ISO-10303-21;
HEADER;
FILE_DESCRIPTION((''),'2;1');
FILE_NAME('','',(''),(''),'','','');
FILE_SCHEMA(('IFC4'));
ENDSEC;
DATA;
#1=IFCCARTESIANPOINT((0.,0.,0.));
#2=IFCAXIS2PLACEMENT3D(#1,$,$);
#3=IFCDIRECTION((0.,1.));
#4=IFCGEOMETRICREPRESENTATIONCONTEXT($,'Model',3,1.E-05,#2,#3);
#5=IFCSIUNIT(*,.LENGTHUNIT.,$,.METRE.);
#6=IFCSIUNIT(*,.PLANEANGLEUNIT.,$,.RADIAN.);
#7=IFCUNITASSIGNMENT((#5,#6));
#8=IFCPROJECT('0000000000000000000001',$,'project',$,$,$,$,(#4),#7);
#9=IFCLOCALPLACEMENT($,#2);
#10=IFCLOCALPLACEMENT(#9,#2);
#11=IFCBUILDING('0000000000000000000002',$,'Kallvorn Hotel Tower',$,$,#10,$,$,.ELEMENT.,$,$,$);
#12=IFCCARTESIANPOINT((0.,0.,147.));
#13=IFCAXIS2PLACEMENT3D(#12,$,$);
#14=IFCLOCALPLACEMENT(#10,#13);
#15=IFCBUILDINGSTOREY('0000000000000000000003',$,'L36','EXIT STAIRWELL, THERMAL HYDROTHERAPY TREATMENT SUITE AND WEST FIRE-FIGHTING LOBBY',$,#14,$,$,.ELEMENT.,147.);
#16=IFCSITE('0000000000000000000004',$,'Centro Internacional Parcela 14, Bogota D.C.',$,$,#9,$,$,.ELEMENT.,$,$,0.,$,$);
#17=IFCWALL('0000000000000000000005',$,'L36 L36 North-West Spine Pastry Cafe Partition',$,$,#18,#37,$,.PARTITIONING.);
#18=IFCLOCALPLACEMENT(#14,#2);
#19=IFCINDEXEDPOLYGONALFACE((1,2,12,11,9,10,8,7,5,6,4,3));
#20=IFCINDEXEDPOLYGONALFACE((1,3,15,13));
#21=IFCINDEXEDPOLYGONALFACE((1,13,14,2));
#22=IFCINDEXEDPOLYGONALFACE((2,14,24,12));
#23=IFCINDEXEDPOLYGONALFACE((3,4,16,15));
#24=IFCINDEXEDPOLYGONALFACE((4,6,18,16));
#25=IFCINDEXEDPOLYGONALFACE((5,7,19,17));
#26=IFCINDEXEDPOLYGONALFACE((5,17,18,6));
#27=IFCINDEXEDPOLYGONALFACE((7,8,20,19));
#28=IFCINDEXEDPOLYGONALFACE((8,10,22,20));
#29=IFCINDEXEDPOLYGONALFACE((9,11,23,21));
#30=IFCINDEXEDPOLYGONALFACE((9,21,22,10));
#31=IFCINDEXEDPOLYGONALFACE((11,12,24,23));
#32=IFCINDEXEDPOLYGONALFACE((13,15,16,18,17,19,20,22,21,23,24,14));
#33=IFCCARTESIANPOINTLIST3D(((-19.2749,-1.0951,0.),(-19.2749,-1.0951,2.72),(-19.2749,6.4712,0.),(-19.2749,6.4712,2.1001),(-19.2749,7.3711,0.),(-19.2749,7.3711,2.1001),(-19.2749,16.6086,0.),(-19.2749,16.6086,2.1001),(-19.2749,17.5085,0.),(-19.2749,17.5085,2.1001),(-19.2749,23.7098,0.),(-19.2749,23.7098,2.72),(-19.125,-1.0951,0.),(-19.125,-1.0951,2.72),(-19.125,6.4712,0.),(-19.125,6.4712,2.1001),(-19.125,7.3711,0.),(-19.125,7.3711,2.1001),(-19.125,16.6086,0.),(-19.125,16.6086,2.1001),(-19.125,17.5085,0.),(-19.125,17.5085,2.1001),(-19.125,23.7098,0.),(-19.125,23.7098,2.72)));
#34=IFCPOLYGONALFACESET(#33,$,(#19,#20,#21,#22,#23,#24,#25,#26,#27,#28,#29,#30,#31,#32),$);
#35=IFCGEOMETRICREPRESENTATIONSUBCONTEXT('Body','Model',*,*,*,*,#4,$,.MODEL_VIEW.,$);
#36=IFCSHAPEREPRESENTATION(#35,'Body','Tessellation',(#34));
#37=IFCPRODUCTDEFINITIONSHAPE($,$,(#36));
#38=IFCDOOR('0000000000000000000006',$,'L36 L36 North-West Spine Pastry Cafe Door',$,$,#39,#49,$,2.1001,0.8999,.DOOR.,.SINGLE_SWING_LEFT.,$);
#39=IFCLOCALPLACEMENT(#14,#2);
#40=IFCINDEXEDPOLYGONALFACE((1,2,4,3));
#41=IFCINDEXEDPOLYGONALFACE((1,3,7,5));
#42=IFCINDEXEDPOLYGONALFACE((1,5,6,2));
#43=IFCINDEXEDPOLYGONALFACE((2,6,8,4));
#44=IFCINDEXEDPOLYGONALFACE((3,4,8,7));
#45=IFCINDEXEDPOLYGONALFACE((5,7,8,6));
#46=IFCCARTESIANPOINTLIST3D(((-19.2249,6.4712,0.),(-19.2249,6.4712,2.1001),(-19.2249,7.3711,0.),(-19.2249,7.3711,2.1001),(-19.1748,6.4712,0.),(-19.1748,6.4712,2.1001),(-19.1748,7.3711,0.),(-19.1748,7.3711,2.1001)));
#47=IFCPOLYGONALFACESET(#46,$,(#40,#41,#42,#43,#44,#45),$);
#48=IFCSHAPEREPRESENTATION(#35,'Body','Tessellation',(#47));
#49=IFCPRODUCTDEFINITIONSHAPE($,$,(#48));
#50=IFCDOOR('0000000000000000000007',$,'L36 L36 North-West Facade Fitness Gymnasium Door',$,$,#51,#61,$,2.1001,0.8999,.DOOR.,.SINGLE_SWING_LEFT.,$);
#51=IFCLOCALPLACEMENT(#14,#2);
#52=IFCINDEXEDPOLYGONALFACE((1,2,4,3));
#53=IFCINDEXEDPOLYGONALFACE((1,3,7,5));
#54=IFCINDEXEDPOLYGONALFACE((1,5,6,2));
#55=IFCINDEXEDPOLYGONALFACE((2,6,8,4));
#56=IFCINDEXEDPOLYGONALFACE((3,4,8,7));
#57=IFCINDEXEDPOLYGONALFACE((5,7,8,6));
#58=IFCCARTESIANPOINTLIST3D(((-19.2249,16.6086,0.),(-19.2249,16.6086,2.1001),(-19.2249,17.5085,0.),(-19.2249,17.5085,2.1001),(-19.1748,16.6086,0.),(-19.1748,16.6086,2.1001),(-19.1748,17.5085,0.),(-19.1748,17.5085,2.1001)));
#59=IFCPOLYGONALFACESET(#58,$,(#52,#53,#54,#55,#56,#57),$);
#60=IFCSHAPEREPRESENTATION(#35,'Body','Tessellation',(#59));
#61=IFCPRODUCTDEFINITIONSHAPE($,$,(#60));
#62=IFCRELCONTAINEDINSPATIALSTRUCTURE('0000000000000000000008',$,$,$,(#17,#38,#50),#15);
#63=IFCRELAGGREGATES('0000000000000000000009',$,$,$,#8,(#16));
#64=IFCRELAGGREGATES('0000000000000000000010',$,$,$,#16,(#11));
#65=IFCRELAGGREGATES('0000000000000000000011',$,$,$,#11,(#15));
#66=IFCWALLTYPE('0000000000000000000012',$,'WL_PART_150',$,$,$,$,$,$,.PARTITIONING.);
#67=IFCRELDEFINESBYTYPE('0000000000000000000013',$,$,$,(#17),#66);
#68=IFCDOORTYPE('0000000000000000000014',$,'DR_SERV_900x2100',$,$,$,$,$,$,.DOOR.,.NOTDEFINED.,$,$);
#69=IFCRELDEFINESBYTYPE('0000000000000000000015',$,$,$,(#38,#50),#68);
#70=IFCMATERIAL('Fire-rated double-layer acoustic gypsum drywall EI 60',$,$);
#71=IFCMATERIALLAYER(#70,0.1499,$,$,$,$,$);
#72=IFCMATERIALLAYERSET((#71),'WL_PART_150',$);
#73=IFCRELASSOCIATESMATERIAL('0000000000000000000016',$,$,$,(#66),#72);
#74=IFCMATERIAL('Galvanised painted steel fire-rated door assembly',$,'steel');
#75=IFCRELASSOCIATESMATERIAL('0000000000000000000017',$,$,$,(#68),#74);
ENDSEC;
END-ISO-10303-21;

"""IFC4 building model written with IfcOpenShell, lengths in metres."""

from ifc_helpers import new_model, si_unit, direction, frame, frame_2d, origin, place, context, subcontext, project, spatial, rectangle, extrude, material, layer, layer_set, type_object, element, fill, save


model = new_model("IFC4")

# Units and contexts
model_context = context("Model", 3, precision=1e-05, world=origin(), true_north=direction((0.0, 1.0)))
body_context = subcontext(model_context, "Body", "Model", "MODEL_VIEW")
ifc_project = project(units=[si_unit("LENGTHUNIT", "METRE"), si_unit("PLANEANGLEUNIT", "RADIAN")], contexts=[model_context])

# Site, building, storey
site_placement = place(None, origin())
site = spatial("IfcSite", under=ifc_project, at=site_placement, Name="Centro Internacional Parcela 14, Bogota D.C.", CompositionType="ELEMENT", RefElevation=0.0)
building_placement = place(site_placement, origin())
building = spatial("IfcBuilding", under=site, at=building_placement, Name="Kallvorn Hotel Tower", CompositionType="ELEMENT")
storey_placement = place(building_placement, frame((0.0, 0.0, 147.0)))
storey = spatial("IfcBuildingStorey", under=building, at=storey_placement, Name="L36", Description="EXIT STAIRWELL, THERMAL HYDROTHERAPY TREATMENT SUITE AND WEST FIRE-FIGHTING LOBBY", CompositionType="ELEMENT", Elevation=147.0)

# Shared definitions
ifc_material_1 = material(Name="Fire-rated double-layer acoustic gypsum drywall EI 60")
ifc_layer_1 = layer(ifc_material_1, 0.1499)
ifc_layer_set_1 = layer_set([ifc_layer_1], Name="WL_PART_150")
wall_type = type_object("IfcWallType", Name="WL_PART_150", PredefinedType="PARTITIONING", material=ifc_layer_set_1)

# Wall, openings, doors
wall_placement = place(storey_placement, frame((-19.2, -1.095, 0.0), z_axis=(0.0, 0.0, 1.0), x_axis=(0.0, 1.0, 0.0)))
wall = element("IfcWall", 1, at=wall_placement, inside=storey, type_object=wall_type, Name="L36 L36 North-West Spine Pastry Cafe Partition", PredefinedType="PARTITIONING", context=body_context, shape_type="SweptSolid", body=[
    extrude(rectangle(XDim=24.8049, YDim=0.1499, at=frame_2d((12.4023, 0.0))), origin(), (0.0, 0.0, 1.0), 2.72),
])
opening_1_placement = place(wall_placement, frame((7.5662, 0.0, 0.0)))
opening_1 = element("IfcOpeningElement", 2, at=opening_1_placement, cuts=wall, PredefinedType="OPENING", context=body_context, shape_type="SweptSolid", body=[
    extrude(rectangle(XDim=0.8999, YDim=2.1001, at=frame_2d((0.45, 1.05))), frame((0.0, 0.0898, 0.0), z_axis=(0.0, -1.0, 0.0), x_axis=(1.0, 0.0, 0.0)), (0.0, 0.0, 1.0), 0.1799),
])
opening_2_placement = place(wall_placement, frame((17.7036, 0.0, 0.0)))
opening_2 = element("IfcOpeningElement", 3, at=opening_2_placement, cuts=wall, PredefinedType="OPENING", context=body_context, shape_type="SweptSolid", body=[
    extrude(rectangle(XDim=0.8999, YDim=2.1001, at=frame_2d((0.45, 1.05))), frame((0.0, 0.0898, 0.0), z_axis=(0.0, -1.0, 0.0), x_axis=(1.0, 0.0, 0.0)), (0.0, 0.0, 1.0), 0.1799),
])
ifc_material_2 = material(Name="Galvanised painted steel fire-rated door assembly", Category="steel")
door_type = type_object("IfcDoorType", Name="DR_SERV_900x2100", OperationType="NOTDEFINED", PredefinedType="DOOR", material=ifc_material_2)
door_1_placement = place(opening_1_placement, origin())
door_1 = element("IfcDoor", 4, at=door_1_placement, inside=storey, type_object=door_type, Name="L36 L36 North-West Spine Pastry Cafe Door", OperationType="SINGLE_SWING_LEFT", OverallHeight=2.1001, OverallWidth=0.8999, PredefinedType="DOOR", context=body_context, shape_type="SweptSolid", body=[
    extrude(rectangle(XDim=0.8999, YDim=2.1001, at=frame_2d((0.45, 1.05))), frame((0.0, 0.0249, 0.0), z_axis=(0.0, -1.0, 0.0), x_axis=(1.0, 0.0, 0.0)), (0.0, 0.0, 1.0), 0.05),
])
fill(opening_1, door_1)
door_2_placement = place(opening_2_placement, origin())
door_2 = element("IfcDoor", 5, at=door_2_placement, inside=storey, type_object=door_type, Name="L36 L36 North-West Facade Fitness Gymnasium Door", OperationType="SINGLE_SWING_LEFT", OverallHeight=2.1001, OverallWidth=0.8999, PredefinedType="DOOR", context=body_context, shape_type="SweptSolid", body=[
    extrude(rectangle(XDim=0.8999, YDim=2.1001, at=frame_2d((0.45, 1.05))), frame((0.0, 0.0249, 0.0), z_axis=(0.0, -1.0, 0.0), x_axis=(1.0, 0.0, 0.0)), (0.0, 0.0, 1.0), 0.05),
])
fill(opening_2, door_2)

save(model, "model.ifc")
